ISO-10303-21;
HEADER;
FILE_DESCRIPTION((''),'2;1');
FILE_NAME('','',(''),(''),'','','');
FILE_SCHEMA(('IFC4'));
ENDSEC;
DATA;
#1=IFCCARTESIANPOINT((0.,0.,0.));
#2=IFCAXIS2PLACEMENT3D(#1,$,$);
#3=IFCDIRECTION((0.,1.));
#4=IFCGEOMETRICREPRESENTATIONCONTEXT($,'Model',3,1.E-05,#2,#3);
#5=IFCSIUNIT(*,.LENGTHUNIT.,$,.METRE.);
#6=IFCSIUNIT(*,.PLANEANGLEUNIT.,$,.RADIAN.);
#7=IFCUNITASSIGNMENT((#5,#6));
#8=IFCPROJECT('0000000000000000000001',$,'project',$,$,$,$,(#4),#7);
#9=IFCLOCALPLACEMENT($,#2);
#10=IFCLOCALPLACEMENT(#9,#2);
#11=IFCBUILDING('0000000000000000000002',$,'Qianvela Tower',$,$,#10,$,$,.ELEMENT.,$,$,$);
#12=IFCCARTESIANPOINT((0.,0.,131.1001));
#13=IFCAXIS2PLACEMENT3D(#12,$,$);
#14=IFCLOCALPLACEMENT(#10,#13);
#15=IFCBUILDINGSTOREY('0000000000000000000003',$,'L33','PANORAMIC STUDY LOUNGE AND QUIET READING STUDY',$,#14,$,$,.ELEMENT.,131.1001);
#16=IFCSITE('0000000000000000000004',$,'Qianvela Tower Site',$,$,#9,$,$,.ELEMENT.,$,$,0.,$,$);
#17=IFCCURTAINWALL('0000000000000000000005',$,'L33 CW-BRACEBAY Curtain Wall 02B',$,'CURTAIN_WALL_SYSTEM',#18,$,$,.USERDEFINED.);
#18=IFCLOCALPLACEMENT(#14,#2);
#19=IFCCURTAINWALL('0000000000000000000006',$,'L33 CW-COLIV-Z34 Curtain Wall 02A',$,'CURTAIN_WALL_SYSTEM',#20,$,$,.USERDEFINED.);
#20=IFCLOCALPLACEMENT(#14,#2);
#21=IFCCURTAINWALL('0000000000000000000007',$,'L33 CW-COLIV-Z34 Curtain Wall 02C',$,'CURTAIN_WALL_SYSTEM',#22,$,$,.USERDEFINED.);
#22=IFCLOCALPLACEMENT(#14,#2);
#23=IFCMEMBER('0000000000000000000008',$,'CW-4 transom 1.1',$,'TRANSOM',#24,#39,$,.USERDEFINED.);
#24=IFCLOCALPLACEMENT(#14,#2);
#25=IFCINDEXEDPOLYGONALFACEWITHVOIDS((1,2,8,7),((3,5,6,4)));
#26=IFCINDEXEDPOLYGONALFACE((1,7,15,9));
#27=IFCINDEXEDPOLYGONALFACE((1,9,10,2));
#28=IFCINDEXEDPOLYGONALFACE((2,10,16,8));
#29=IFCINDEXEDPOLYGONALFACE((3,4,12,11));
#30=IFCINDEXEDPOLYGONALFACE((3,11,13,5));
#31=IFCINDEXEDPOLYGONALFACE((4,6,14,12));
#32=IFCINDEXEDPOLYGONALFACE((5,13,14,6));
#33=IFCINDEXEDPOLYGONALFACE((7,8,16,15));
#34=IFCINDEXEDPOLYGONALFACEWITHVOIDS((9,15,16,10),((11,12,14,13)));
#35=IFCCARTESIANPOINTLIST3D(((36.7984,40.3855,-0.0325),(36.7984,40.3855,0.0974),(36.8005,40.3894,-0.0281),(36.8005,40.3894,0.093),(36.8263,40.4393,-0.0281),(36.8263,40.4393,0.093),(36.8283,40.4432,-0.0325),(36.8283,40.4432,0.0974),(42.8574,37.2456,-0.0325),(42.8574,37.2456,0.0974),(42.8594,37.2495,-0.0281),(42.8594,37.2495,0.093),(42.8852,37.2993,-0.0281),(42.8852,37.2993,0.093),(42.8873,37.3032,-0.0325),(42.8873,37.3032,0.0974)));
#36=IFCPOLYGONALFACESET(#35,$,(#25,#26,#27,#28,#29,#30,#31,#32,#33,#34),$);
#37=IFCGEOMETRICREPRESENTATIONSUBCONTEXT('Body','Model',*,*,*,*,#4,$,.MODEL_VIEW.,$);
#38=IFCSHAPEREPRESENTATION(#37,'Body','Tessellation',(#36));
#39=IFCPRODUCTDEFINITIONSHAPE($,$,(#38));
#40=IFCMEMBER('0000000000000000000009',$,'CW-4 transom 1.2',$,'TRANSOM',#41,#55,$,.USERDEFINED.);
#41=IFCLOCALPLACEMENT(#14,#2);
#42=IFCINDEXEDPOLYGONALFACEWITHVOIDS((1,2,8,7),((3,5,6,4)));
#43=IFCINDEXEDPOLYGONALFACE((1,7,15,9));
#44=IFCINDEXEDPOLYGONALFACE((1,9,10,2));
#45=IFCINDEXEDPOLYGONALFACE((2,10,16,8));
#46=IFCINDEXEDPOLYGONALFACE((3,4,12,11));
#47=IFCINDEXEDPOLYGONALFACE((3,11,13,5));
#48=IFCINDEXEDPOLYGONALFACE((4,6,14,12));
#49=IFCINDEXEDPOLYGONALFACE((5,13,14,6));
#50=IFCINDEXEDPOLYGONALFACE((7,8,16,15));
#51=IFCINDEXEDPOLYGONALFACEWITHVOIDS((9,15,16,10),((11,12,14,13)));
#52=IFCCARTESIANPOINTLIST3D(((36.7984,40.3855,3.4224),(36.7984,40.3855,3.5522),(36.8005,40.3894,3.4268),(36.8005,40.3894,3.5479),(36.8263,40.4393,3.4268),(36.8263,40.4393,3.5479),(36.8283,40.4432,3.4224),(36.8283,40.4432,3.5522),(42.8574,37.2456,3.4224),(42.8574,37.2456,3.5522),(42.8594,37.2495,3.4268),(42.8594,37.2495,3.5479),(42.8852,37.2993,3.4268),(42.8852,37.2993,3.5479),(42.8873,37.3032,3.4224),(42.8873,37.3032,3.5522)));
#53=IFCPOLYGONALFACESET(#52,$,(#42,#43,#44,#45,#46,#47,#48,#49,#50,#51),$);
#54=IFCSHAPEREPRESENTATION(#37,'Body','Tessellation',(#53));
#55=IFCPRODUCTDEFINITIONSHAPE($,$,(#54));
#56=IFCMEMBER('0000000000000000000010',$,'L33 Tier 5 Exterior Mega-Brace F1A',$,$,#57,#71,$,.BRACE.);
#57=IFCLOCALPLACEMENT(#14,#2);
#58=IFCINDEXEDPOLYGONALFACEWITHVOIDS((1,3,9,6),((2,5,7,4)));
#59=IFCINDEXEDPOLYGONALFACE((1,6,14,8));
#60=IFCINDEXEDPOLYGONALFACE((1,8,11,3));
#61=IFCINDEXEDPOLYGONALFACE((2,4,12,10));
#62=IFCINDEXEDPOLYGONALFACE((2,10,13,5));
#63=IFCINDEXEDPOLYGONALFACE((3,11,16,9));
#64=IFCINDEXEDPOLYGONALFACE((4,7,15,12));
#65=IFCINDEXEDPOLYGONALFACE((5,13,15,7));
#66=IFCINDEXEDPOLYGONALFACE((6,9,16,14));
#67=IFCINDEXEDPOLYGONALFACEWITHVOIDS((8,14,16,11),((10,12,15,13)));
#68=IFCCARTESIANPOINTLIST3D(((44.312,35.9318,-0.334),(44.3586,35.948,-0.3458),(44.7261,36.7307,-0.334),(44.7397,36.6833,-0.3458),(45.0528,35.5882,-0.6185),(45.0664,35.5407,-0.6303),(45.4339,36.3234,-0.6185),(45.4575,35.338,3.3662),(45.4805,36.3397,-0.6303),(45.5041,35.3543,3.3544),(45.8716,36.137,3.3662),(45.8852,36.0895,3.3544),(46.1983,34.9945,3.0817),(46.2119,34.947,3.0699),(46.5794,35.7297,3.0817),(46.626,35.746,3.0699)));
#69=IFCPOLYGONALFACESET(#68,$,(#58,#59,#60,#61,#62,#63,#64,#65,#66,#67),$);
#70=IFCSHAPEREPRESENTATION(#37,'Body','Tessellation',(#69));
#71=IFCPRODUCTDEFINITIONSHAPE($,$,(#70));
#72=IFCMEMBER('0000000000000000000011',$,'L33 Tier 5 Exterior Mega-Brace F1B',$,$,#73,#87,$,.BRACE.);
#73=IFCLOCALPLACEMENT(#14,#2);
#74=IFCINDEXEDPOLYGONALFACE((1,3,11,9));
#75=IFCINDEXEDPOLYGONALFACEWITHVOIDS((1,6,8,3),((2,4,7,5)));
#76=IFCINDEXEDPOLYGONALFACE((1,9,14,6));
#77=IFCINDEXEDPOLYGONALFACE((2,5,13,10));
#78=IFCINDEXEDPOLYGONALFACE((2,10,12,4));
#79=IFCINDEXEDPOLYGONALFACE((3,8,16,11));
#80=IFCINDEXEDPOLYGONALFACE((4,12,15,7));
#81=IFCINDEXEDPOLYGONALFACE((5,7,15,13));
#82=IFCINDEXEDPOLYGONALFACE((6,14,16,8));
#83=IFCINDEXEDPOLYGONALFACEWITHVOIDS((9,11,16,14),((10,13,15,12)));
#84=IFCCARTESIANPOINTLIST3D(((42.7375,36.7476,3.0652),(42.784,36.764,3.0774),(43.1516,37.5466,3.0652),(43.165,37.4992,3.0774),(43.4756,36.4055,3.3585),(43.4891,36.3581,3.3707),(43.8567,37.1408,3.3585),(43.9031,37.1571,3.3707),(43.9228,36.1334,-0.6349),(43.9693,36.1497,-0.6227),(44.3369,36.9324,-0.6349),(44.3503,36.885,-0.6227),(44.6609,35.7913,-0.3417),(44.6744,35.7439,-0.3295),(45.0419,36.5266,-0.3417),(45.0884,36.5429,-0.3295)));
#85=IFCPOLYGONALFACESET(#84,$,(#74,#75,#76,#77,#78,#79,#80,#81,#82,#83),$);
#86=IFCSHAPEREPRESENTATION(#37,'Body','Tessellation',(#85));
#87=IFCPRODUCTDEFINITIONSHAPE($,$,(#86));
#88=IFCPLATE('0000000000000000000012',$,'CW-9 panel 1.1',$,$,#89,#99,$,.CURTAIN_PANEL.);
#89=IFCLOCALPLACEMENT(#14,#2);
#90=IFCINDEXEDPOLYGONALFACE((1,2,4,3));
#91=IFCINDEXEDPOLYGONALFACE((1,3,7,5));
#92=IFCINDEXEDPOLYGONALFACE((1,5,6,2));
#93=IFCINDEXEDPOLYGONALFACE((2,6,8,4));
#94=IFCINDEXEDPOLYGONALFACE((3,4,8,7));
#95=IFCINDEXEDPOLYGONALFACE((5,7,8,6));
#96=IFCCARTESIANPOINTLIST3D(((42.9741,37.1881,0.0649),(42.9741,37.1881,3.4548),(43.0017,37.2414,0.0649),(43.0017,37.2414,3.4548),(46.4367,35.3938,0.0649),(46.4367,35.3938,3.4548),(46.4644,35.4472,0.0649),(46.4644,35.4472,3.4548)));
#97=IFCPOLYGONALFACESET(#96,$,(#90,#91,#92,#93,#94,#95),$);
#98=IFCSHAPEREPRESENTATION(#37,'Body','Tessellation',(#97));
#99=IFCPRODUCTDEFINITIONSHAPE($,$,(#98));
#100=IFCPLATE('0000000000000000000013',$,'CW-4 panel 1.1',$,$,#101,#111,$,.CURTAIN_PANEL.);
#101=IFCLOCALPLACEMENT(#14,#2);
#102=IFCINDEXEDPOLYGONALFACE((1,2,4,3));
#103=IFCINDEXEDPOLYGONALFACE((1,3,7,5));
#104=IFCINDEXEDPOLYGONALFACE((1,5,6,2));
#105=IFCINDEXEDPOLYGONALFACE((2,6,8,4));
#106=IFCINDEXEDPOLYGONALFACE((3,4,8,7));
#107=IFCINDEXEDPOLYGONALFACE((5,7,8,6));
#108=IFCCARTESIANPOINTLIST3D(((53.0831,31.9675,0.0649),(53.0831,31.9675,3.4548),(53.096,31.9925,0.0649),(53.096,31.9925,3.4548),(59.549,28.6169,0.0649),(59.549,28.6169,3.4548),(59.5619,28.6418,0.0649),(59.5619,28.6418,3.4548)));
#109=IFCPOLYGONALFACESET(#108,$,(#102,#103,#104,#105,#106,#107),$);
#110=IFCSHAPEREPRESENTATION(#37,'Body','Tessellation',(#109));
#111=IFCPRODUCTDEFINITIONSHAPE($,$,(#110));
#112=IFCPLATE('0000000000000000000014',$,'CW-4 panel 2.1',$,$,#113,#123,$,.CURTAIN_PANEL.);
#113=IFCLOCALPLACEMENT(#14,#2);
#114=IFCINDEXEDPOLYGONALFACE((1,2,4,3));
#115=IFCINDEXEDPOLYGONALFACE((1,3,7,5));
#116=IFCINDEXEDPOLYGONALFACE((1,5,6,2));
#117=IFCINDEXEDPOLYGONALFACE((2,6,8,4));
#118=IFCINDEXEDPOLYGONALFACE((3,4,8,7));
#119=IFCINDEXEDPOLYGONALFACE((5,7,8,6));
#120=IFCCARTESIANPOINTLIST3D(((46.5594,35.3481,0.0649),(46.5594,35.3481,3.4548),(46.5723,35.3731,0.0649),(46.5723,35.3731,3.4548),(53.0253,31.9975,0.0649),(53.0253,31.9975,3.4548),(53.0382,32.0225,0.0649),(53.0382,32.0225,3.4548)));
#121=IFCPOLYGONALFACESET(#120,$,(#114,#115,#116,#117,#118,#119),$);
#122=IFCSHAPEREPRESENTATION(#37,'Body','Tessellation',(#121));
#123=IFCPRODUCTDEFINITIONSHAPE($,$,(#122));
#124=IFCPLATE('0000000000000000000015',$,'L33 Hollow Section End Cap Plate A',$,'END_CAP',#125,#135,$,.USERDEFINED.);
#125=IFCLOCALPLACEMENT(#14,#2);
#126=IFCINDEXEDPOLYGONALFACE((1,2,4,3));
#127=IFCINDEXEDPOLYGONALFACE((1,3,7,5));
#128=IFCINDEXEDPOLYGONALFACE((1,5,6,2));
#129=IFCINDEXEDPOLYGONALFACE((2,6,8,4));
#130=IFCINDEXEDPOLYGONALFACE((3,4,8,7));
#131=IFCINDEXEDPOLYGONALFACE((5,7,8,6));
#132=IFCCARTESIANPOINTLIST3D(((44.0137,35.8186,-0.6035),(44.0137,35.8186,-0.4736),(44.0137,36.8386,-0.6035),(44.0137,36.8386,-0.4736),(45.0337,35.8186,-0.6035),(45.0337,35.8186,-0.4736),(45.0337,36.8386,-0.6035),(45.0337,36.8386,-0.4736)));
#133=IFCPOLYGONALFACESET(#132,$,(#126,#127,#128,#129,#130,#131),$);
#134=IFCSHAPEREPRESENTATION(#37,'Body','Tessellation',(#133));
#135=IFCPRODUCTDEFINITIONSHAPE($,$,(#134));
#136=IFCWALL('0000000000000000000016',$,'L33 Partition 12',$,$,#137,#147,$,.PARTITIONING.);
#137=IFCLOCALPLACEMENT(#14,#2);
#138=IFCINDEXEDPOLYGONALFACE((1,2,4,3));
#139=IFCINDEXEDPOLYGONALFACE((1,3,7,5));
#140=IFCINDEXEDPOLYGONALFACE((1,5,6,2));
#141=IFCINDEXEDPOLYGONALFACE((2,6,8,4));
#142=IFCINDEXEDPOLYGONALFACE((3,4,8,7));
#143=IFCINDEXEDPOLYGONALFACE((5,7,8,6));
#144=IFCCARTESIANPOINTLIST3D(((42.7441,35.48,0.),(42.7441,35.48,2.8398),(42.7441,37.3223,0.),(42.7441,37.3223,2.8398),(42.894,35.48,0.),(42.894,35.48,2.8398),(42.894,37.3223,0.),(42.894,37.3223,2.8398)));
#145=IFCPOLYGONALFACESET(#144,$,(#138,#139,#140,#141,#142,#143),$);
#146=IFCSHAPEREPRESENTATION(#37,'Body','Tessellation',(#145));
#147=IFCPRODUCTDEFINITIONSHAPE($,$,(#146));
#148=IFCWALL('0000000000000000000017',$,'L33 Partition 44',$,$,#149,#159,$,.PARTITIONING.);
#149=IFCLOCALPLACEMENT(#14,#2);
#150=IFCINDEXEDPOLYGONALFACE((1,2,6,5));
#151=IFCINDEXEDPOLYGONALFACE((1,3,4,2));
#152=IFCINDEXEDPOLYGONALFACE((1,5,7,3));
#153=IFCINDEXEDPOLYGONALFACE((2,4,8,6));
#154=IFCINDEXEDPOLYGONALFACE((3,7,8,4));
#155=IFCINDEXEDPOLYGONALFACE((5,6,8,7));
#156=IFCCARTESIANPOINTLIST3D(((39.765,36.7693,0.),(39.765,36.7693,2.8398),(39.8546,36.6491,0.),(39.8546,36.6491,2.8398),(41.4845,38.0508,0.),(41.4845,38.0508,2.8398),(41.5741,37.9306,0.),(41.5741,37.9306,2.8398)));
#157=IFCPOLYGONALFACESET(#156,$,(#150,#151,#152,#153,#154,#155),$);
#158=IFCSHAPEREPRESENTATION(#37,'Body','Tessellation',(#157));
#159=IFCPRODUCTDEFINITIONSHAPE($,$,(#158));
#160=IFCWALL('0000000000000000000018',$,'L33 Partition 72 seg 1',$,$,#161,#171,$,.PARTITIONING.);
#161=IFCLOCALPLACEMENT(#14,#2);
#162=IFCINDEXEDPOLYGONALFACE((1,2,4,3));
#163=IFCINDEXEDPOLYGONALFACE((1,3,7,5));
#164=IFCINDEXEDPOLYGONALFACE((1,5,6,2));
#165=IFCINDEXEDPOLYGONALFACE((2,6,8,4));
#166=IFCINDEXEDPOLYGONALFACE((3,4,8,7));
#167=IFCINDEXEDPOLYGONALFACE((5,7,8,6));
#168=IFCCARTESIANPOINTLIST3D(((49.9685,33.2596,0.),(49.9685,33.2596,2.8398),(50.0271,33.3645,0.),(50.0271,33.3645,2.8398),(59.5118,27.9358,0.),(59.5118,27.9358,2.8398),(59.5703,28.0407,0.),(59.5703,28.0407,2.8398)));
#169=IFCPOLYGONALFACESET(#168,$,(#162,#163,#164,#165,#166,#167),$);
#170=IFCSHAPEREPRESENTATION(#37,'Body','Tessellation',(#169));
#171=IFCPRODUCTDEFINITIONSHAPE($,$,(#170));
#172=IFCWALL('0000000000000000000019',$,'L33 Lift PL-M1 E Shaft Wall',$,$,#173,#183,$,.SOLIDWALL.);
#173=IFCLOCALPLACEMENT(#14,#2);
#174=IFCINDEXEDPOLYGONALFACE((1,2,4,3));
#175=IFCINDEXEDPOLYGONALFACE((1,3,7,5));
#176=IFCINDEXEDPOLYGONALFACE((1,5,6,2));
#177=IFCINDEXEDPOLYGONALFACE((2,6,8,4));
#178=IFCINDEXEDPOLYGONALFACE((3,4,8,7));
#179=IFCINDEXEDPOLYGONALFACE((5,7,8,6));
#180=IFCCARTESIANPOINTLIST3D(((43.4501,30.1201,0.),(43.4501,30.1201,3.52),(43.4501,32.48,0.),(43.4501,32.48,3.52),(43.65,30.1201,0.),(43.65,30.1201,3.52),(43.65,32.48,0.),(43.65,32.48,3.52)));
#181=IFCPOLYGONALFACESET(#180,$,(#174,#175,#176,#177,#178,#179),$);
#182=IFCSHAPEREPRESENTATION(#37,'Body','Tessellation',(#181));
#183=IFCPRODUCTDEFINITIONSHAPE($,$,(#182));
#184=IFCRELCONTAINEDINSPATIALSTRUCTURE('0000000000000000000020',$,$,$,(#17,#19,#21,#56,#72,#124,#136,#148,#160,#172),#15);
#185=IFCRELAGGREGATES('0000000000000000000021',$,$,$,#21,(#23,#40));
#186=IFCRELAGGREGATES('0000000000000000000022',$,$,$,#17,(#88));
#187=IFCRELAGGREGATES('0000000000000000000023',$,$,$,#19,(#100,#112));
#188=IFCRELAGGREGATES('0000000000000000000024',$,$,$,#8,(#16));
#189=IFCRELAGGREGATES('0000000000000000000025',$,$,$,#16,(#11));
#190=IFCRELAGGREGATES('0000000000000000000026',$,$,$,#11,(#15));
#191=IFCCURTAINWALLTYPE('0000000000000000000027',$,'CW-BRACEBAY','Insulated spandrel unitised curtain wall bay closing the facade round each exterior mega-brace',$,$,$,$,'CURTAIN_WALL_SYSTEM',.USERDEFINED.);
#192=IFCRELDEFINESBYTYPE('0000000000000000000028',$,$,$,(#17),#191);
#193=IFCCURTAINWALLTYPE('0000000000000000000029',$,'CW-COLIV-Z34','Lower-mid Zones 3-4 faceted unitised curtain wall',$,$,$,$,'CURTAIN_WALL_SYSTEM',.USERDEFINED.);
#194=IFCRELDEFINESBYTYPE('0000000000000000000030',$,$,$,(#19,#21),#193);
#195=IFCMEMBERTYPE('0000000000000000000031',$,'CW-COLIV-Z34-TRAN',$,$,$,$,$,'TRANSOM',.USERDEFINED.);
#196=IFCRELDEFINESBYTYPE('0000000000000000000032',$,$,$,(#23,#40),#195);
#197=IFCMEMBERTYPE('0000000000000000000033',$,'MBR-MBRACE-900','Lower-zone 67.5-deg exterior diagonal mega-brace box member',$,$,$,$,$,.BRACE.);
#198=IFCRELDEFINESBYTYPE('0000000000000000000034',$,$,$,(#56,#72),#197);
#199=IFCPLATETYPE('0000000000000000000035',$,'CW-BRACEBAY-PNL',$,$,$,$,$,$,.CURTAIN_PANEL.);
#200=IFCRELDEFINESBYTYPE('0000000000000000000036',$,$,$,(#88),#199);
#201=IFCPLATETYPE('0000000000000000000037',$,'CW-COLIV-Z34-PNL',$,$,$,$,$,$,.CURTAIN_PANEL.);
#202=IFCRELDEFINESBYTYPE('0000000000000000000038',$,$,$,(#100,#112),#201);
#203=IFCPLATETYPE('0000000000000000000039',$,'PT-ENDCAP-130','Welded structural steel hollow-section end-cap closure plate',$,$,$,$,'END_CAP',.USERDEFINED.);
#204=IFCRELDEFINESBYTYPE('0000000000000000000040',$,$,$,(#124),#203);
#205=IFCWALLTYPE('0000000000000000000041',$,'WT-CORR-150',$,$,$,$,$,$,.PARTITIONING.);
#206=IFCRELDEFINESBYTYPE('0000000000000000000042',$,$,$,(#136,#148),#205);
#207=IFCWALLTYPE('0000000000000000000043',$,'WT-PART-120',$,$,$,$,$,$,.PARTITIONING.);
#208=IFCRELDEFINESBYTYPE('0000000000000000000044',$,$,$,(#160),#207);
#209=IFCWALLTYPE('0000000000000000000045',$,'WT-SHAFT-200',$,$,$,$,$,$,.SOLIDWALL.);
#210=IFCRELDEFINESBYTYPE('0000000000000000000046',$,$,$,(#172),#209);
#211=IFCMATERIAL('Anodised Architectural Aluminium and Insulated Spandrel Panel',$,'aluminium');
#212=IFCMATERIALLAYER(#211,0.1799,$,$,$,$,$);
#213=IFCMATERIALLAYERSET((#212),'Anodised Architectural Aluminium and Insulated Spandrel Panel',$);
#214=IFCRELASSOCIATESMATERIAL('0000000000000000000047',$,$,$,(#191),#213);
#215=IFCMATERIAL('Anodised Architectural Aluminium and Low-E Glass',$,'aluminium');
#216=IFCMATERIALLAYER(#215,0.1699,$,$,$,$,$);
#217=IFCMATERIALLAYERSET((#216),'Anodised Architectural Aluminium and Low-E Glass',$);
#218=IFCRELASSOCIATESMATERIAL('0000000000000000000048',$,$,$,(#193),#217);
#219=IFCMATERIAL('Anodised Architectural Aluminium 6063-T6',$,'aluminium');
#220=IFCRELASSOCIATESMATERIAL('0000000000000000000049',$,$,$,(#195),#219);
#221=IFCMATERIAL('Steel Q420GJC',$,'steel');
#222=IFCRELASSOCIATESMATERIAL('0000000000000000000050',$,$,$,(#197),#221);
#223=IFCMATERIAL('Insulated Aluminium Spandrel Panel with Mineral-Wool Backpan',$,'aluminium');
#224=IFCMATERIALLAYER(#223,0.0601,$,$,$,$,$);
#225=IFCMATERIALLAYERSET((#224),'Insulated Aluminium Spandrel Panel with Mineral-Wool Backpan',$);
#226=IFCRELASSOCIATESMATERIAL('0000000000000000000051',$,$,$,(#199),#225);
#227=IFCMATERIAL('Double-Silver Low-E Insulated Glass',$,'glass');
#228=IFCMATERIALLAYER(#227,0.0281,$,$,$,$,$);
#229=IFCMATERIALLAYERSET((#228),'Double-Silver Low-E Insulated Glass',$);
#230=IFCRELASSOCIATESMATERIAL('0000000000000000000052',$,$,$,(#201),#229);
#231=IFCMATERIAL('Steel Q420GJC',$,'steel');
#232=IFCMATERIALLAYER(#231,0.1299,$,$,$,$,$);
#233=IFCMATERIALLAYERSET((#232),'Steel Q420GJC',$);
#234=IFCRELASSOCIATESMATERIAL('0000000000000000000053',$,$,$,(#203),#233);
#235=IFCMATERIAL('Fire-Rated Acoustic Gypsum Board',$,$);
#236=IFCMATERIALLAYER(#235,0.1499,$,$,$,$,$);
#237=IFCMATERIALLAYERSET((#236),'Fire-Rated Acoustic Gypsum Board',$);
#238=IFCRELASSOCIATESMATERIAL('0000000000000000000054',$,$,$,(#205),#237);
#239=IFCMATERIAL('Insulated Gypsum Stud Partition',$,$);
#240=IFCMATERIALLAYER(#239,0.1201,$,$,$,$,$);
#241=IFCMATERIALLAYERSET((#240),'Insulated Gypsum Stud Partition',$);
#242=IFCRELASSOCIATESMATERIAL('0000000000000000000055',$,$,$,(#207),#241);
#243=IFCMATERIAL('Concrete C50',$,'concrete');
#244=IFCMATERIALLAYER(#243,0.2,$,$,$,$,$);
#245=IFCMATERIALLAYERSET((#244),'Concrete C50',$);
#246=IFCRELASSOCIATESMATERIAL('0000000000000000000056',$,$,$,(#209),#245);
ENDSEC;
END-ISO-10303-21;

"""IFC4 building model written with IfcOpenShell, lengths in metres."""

from ifc_helpers import new_model, si_unit, direction, frame, frame_2d, origin, origin_2d, place, context, subcontext, project, spatial, rectangle, hollow_rectangle, extrude, material, layer, layer_set, material_profile, profile_set, type_object, element, aggregate, save


model = new_model("IFC4")

# Units and contexts
model_context = context("Model", 3, precision=1e-05, world=origin(), true_north=direction((0.0, 1.0)))
body_context = subcontext(model_context, "Body", "Model", "MODEL_VIEW")
ifc_project = project(units=[si_unit("LENGTHUNIT", "METRE"), si_unit("PLANEANGLEUNIT", "RADIAN")], contexts=[model_context])

# Site, building, storey
site_placement = place(None, origin())
site = spatial("IfcSite", under=ifc_project, at=site_placement, Name="Qianvela Tower Site", CompositionType="ELEMENT", RefElevation=0.0)
building_placement = place(site_placement, origin())
building = spatial("IfcBuilding", under=site, at=building_placement, Name="Qianvela Tower", CompositionType="ELEMENT")
storey_placement = place(building_placement, frame((0.0, 0.0, 131.1001)))
storey = spatial("IfcBuildingStorey", under=building, at=storey_placement, Name="L33", Description="PANORAMIC STUDY LOUNGE AND QUIET READING STUDY", CompositionType="ELEMENT", Elevation=131.1001)

# Curtain walls
ifc_material_1 = material(Name="Anodised Architectural Aluminium and Insulated Spandrel Panel", Category="aluminium")
ifc_layer_1 = layer(ifc_material_1, 0.1799)
ifc_layer_set_1 = layer_set([ifc_layer_1], Name="Anodised Architectural Aluminium and Insulated Spandrel Panel")
curtain_wall_type_1 = type_object("IfcCurtainWallType", Name="CW-BRACEBAY", Description="Insulated spandrel unitised curtain wall bay closing the facade round each exterior mega-brace", ElementType="CURTAIN_WALL_SYSTEM", PredefinedType="USERDEFINED", material=ifc_layer_set_1)
curtain_wall_1_placement = place(storey_placement, origin())
curtain_wall_1 = element("IfcCurtainWall", 1, at=curtain_wall_1_placement, inside=storey, type_object=curtain_wall_type_1, Name="L33 CW-BRACEBAY Curtain Wall 02B", ObjectType="CURTAIN_WALL_SYSTEM", PredefinedType="USERDEFINED")
ifc_material_2 = material(Name="Anodised Architectural Aluminium and Low-E Glass", Category="aluminium")
ifc_layer_2 = layer(ifc_material_2, 0.1699)
ifc_layer_set_2 = layer_set([ifc_layer_2], Name="Anodised Architectural Aluminium and Low-E Glass")
curtain_wall_type_2 = type_object("IfcCurtainWallType", Name="CW-COLIV-Z34", Description="Lower-mid Zones 3-4 faceted unitised curtain wall", ElementType="CURTAIN_WALL_SYSTEM", PredefinedType="USERDEFINED", material=ifc_layer_set_2)
curtain_wall_2_placement = place(storey_placement, origin())
curtain_wall_2 = element("IfcCurtainWall", 2, at=curtain_wall_2_placement, inside=storey, type_object=curtain_wall_type_2, Name="L33 CW-COLIV-Z34 Curtain Wall 02A", ObjectType="CURTAIN_WALL_SYSTEM", PredefinedType="USERDEFINED")

# Curtain wall
curtain_wall_3_placement = place(storey_placement, origin())
curtain_wall_3 = element("IfcCurtainWall", 3, at=curtain_wall_3_placement, inside=storey, type_object=curtain_wall_type_2, Name="L33 CW-COLIV-Z34 Curtain Wall 02C", ObjectType="CURTAIN_WALL_SYSTEM", PredefinedType="USERDEFINED")

# Members
ifc_material_3 = material(Name="Anodised Architectural Aluminium 6063-T6", Category="aluminium")
ifc_material_profile_1 = material_profile(ifc_material_3, hollow_rectangle(XDim=0.0649, YDim=0.1299, WallThickness=0.0044, at=origin_2d()), Name="ALU-TRAN-65x130")
ifc_profile_set_1 = profile_set([ifc_material_profile_1], Name="Anodised Architectural Aluminium 6063-T6")
member_type_1 = type_object("IfcMemberType", Name="CW-COLIV-Z34-TRAN", ElementType="TRANSOM", PredefinedType="USERDEFINED", material=ifc_profile_set_1)
member_1_placement = place(storey_placement, frame((42.8723, 37.2744, 0.0325), z_axis=(-0.887858, 0.460118, 0.0), x_axis=(-0.460118, -0.887858, 0.0)))
member_1 = element("IfcMember", 4, at=member_1_placement, type_object=member_type_1, Name="CW-4 transom 1.1", ObjectType="TRANSOM", PredefinedType="USERDEFINED", context=body_context, shape_type="SweptSolid", body=[
    extrude(hollow_rectangle(XDim=0.0649, YDim=0.1299, WallThickness=0.0044, at=origin_2d()), origin(), (0.0, 0.0, 1.0), 6.8242),
])
member_2_placement = place(storey_placement, frame((42.8723, 37.2744, 3.4873), z_axis=(-0.887858, 0.460118, 0.0), x_axis=(-0.460118, -0.887858, 0.0)))
member_2 = element("IfcMember", 5, at=member_2_placement, type_object=member_type_1, Name="CW-4 transom 1.2", ObjectType="TRANSOM", PredefinedType="USERDEFINED", context=body_context, shape_type="SweptSolid", body=[
    extrude(hollow_rectangle(XDim=0.0649, YDim=0.1299, WallThickness=0.0044, at=origin_2d()), origin(), (0.0, 0.0, 1.0), 6.8242),
])
aggregate(curtain_wall_3, [member_1, member_2])

# Members
ifc_material_4 = material(Name="Steel Q420GJC", Category="steel")
ifc_material_profile_2 = material_profile(ifc_material_4, hollow_rectangle(XDim=0.8999, YDim=0.8999, WallThickness=0.0359, at=origin_2d()), Name="MBOX-900x900x36")
ifc_profile_set_2 = profile_set([ifc_material_profile_2], Name="Steel Q420GJC")
member_type_2 = type_object("IfcMemberType", Name="MBR-MBRACE-900", Description="Lower-zone 67.5-deg exterior diagonal mega-brace box member", PredefinedType="BRACE", material=ifc_profile_set_2)
member_3_placement = place(storey_placement, frame((44.8962, 36.1357, -0.4822), z_axis=(0.292319, -0.151517, 0.944242), x_axis=(0.460185, 0.887823, 0.0)))
element("IfcMember", 6, at=member_3_placement, inside=storey, type_object=member_type_2, Name="L33 Tier 5 Exterior Mega-Brace F1A", PredefinedType="BRACE", context=body_context, shape_type="SweptSolid", body=[
    extrude(hollow_rectangle(XDim=0.8999, YDim=0.8999, WallThickness=0.0359, at=origin_2d()), origin(), (0.0, 0.0, 1.0), 3.9187),
])
member_4_placement = place(storey_placement, frame((44.5056, 36.3381, -0.4822), z_axis=(-0.301323, 0.156154, 0.940649), x_axis=(-0.460114, -0.88786, 0.0)))
element("IfcMember", 7, at=member_4_placement, inside=storey, type_object=member_type_2, Name="L33 Tier 5 Exterior Mega-Brace F1B", PredefinedType="BRACE", context=body_context, shape_type="SweptSolid", body=[
    extrude(hollow_rectangle(XDim=0.8999, YDim=0.8999, WallThickness=0.0359, at=origin_2d()), origin(), (0.0, 0.0, 1.0), 3.9336),
])

# Plates
ifc_material_5 = material(Name="Insulated Aluminium Spandrel Panel with Mineral-Wool Backpan", Category="aluminium")
ifc_layer_3 = layer(ifc_material_5, 0.0601)
ifc_layer_set_3 = layer_set([ifc_layer_3], Name="Insulated Aluminium Spandrel Panel with Mineral-Wool Backpan")
plate_type_1 = type_object("IfcPlateType", Name="CW-BRACEBAY-PNL", PredefinedType="CURTAIN_PANEL", material=ifc_layer_set_3)
plate_1_placement = place(storey_placement, frame((44.7192, 36.3176, 0.0649), z_axis=(0.0, 0.0, 1.0), x_axis=(-0.887877, 0.46008, 0.0)))
plate_1 = element("IfcPlate", 8, at=plate_1_placement, type_object=plate_type_1, Name="CW-9 panel 1.1", PredefinedType="CURTAIN_PANEL", context=body_context, shape_type="SweptSolid", body=[
    extrude(rectangle(XDim=3.8999, YDim=0.0601, at=origin_2d()), origin(), (0.0, 0.0, 1.0), 3.3899),
])
aggregate(curtain_wall_1, [plate_1])
ifc_material_6 = material(Name="Double-Silver Low-E Insulated Glass", Category="glass")
ifc_layer_4 = layer(ifc_material_6, 0.0281)
ifc_layer_set_4 = layer_set([ifc_layer_4], Name="Double-Silver Low-E Insulated Glass")
plate_type_2 = type_object("IfcPlateType", Name="CW-COLIV-Z34-PNL", PredefinedType="CURTAIN_PANEL", material=ifc_layer_set_4)
plate_2_placement = place(storey_placement, frame((56.3225, 30.3047, 0.0649), z_axis=(0.0, 0.0, 1.0), x_axis=(-0.88787, 0.460094, 0.0)))
plate_2 = element("IfcPlate", 9, at=plate_2_placement, type_object=plate_type_2, Name="CW-4 panel 1.1", PredefinedType="CURTAIN_PANEL", context=body_context, shape_type="SweptSolid", body=[
    extrude(rectangle(XDim=7.2825, YDim=0.0281, at=origin_2d()), origin(), (0.0, 0.0, 1.0), 3.3899),
])
plate_3_placement = place(storey_placement, frame((49.7988, 33.6853, 0.0649), z_axis=(0.0, 0.0, 1.0), x_axis=(-0.88787, 0.460094, 0.0)))
plate_3 = element("IfcPlate", 10, at=plate_3_placement, type_object=plate_type_2, Name="CW-4 panel 2.1", PredefinedType="CURTAIN_PANEL", context=body_context, shape_type="SweptSolid", body=[
    extrude(rectangle(XDim=7.2825, YDim=0.0281, at=origin_2d()), origin(), (0.0, 0.0, 1.0), 3.3899),
])
aggregate(curtain_wall_2, [plate_2, plate_3])
ifc_material_7 = material(Name="Steel Q420GJC", Category="steel")
ifc_layer_5 = layer(ifc_material_7, 0.1299)
ifc_layer_set_5 = layer_set([ifc_layer_5], Name="Steel Q420GJC")
plate_type_3 = type_object("IfcPlateType", Name="PT-ENDCAP-130", Description="Welded structural steel hollow-section end-cap closure plate", ElementType="END_CAP", PredefinedType="USERDEFINED", material=ifc_layer_set_5)
plate_4_placement = place(storey_placement, frame((44.5237, 36.3286, -0.6035), z_axis=(0.0, 0.0, 1.0), x_axis=(1.0, 0.0, 0.0)))
element("IfcPlate", 11, at=plate_4_placement, inside=storey, type_object=plate_type_3, Name="L33 Hollow Section End Cap Plate A", ObjectType="END_CAP", PredefinedType="USERDEFINED", context=body_context, shape_type="SweptSolid", body=[
    extrude(rectangle(XDim=1.02, YDim=1.02, at=origin_2d()), origin(), (0.0, 0.0, 1.0), 0.1299),
])

# Walls
ifc_material_8 = material(Name="Fire-Rated Acoustic Gypsum Board")
ifc_layer_6 = layer(ifc_material_8, 0.1499)
ifc_layer_set_6 = layer_set([ifc_layer_6], Name="Fire-Rated Acoustic Gypsum Board")
wall_type_1 = type_object("IfcWallType", Name="WT-CORR-150", PredefinedType="PARTITIONING", material=ifc_layer_set_6)
wall_1_placement = place(storey_placement, frame((42.8191, 37.3223, 0.0), z_axis=(0.0, 0.0, 1.0), x_axis=(0.0, -1.0, 0.0)))
element("IfcWall", 12, at=wall_1_placement, inside=storey, type_object=wall_type_1, Name="L33 Partition 12", PredefinedType="PARTITIONING", context=body_context, shape_type="SweptSolid", body=[
    extrude(rectangle(XDim=1.8423, YDim=0.1499, at=frame_2d((0.9211, 0.0))), origin(), (0.0, 0.0, 1.0), 2.8398),
])
wall_2_placement = place(storey_placement, frame((41.5293, 37.9907, 0.0), z_axis=(0.0, 0.0, 1.0), x_axis=(-0.801813, -0.597575, 0.0)))
element("IfcWall", 13, at=wall_2_placement, inside=storey, type_object=wall_type_1, Name="L33 Partition 44", PredefinedType="PARTITIONING", context=body_context, shape_type="SweptSolid", body=[
    extrude(rectangle(XDim=2.1445, YDim=0.1499, at=frame_2d((1.0723, 0.0))), origin(), (0.0, 0.0, 1.0), 2.8398),
])
ifc_material_9 = material(Name="Insulated Gypsum Stud Partition")
ifc_layer_7 = layer(ifc_material_9, 0.1201)
ifc_layer_set_7 = layer_set([ifc_layer_7], Name="Insulated Gypsum Stud Partition")
wall_type_2 = type_object("IfcWallType", Name="WT-PART-120", PredefinedType="PARTITIONING", material=ifc_layer_set_7)
wall_3_placement = place(storey_placement, frame((49.9978, 33.312, 0.0), z_axis=(0.0, 0.0, 1.0), x_axis=(0.873303, -0.487177, 0.0)))
element("IfcWall", 14, at=wall_3_placement, inside=storey, type_object=wall_type_2, Name="L33 Partition 72 seg 1", PredefinedType="PARTITIONING", context=body_context, shape_type="SweptSolid", body=[
    extrude(rectangle(XDim=10.9277, YDim=0.1201, at=frame_2d((5.4639, 0.0))), origin(), (0.0, 0.0, 1.0), 2.8398),
])
ifc_material_10 = material(Name="Concrete C50", Category="concrete")
ifc_layer_8 = layer(ifc_material_10, 0.2)
ifc_layer_set_8 = layer_set([ifc_layer_8], Name="Concrete C50")
wall_type_3 = type_object("IfcWallType", Name="WT-SHAFT-200", PredefinedType="SOLIDWALL", material=ifc_layer_set_8)
for number, where, z_axis, x_axis, name in (
    (15, (43.55, 30.1201, 0.0), (0.0, 0.0, 1.0), (0.0, 1.0, 0.0), "L33 Lift PL-M1 E Shaft Wall"),
):
    element("IfcWall", number, at=place(storey_placement, frame(where, z_axis=z_axis, x_axis=x_axis)), inside=storey, type_object=wall_type_3, Name=name, PredefinedType="SOLIDWALL", context=body_context, shape_type="SweptSolid", body=[
        extrude(rectangle(XDim=2.3599, YDim=0.2, at=frame_2d((1.1799, 0.0))), origin(), (0.0, 0.0, 1.0), 3.52),
    ])

save(model, "model.ifc")
